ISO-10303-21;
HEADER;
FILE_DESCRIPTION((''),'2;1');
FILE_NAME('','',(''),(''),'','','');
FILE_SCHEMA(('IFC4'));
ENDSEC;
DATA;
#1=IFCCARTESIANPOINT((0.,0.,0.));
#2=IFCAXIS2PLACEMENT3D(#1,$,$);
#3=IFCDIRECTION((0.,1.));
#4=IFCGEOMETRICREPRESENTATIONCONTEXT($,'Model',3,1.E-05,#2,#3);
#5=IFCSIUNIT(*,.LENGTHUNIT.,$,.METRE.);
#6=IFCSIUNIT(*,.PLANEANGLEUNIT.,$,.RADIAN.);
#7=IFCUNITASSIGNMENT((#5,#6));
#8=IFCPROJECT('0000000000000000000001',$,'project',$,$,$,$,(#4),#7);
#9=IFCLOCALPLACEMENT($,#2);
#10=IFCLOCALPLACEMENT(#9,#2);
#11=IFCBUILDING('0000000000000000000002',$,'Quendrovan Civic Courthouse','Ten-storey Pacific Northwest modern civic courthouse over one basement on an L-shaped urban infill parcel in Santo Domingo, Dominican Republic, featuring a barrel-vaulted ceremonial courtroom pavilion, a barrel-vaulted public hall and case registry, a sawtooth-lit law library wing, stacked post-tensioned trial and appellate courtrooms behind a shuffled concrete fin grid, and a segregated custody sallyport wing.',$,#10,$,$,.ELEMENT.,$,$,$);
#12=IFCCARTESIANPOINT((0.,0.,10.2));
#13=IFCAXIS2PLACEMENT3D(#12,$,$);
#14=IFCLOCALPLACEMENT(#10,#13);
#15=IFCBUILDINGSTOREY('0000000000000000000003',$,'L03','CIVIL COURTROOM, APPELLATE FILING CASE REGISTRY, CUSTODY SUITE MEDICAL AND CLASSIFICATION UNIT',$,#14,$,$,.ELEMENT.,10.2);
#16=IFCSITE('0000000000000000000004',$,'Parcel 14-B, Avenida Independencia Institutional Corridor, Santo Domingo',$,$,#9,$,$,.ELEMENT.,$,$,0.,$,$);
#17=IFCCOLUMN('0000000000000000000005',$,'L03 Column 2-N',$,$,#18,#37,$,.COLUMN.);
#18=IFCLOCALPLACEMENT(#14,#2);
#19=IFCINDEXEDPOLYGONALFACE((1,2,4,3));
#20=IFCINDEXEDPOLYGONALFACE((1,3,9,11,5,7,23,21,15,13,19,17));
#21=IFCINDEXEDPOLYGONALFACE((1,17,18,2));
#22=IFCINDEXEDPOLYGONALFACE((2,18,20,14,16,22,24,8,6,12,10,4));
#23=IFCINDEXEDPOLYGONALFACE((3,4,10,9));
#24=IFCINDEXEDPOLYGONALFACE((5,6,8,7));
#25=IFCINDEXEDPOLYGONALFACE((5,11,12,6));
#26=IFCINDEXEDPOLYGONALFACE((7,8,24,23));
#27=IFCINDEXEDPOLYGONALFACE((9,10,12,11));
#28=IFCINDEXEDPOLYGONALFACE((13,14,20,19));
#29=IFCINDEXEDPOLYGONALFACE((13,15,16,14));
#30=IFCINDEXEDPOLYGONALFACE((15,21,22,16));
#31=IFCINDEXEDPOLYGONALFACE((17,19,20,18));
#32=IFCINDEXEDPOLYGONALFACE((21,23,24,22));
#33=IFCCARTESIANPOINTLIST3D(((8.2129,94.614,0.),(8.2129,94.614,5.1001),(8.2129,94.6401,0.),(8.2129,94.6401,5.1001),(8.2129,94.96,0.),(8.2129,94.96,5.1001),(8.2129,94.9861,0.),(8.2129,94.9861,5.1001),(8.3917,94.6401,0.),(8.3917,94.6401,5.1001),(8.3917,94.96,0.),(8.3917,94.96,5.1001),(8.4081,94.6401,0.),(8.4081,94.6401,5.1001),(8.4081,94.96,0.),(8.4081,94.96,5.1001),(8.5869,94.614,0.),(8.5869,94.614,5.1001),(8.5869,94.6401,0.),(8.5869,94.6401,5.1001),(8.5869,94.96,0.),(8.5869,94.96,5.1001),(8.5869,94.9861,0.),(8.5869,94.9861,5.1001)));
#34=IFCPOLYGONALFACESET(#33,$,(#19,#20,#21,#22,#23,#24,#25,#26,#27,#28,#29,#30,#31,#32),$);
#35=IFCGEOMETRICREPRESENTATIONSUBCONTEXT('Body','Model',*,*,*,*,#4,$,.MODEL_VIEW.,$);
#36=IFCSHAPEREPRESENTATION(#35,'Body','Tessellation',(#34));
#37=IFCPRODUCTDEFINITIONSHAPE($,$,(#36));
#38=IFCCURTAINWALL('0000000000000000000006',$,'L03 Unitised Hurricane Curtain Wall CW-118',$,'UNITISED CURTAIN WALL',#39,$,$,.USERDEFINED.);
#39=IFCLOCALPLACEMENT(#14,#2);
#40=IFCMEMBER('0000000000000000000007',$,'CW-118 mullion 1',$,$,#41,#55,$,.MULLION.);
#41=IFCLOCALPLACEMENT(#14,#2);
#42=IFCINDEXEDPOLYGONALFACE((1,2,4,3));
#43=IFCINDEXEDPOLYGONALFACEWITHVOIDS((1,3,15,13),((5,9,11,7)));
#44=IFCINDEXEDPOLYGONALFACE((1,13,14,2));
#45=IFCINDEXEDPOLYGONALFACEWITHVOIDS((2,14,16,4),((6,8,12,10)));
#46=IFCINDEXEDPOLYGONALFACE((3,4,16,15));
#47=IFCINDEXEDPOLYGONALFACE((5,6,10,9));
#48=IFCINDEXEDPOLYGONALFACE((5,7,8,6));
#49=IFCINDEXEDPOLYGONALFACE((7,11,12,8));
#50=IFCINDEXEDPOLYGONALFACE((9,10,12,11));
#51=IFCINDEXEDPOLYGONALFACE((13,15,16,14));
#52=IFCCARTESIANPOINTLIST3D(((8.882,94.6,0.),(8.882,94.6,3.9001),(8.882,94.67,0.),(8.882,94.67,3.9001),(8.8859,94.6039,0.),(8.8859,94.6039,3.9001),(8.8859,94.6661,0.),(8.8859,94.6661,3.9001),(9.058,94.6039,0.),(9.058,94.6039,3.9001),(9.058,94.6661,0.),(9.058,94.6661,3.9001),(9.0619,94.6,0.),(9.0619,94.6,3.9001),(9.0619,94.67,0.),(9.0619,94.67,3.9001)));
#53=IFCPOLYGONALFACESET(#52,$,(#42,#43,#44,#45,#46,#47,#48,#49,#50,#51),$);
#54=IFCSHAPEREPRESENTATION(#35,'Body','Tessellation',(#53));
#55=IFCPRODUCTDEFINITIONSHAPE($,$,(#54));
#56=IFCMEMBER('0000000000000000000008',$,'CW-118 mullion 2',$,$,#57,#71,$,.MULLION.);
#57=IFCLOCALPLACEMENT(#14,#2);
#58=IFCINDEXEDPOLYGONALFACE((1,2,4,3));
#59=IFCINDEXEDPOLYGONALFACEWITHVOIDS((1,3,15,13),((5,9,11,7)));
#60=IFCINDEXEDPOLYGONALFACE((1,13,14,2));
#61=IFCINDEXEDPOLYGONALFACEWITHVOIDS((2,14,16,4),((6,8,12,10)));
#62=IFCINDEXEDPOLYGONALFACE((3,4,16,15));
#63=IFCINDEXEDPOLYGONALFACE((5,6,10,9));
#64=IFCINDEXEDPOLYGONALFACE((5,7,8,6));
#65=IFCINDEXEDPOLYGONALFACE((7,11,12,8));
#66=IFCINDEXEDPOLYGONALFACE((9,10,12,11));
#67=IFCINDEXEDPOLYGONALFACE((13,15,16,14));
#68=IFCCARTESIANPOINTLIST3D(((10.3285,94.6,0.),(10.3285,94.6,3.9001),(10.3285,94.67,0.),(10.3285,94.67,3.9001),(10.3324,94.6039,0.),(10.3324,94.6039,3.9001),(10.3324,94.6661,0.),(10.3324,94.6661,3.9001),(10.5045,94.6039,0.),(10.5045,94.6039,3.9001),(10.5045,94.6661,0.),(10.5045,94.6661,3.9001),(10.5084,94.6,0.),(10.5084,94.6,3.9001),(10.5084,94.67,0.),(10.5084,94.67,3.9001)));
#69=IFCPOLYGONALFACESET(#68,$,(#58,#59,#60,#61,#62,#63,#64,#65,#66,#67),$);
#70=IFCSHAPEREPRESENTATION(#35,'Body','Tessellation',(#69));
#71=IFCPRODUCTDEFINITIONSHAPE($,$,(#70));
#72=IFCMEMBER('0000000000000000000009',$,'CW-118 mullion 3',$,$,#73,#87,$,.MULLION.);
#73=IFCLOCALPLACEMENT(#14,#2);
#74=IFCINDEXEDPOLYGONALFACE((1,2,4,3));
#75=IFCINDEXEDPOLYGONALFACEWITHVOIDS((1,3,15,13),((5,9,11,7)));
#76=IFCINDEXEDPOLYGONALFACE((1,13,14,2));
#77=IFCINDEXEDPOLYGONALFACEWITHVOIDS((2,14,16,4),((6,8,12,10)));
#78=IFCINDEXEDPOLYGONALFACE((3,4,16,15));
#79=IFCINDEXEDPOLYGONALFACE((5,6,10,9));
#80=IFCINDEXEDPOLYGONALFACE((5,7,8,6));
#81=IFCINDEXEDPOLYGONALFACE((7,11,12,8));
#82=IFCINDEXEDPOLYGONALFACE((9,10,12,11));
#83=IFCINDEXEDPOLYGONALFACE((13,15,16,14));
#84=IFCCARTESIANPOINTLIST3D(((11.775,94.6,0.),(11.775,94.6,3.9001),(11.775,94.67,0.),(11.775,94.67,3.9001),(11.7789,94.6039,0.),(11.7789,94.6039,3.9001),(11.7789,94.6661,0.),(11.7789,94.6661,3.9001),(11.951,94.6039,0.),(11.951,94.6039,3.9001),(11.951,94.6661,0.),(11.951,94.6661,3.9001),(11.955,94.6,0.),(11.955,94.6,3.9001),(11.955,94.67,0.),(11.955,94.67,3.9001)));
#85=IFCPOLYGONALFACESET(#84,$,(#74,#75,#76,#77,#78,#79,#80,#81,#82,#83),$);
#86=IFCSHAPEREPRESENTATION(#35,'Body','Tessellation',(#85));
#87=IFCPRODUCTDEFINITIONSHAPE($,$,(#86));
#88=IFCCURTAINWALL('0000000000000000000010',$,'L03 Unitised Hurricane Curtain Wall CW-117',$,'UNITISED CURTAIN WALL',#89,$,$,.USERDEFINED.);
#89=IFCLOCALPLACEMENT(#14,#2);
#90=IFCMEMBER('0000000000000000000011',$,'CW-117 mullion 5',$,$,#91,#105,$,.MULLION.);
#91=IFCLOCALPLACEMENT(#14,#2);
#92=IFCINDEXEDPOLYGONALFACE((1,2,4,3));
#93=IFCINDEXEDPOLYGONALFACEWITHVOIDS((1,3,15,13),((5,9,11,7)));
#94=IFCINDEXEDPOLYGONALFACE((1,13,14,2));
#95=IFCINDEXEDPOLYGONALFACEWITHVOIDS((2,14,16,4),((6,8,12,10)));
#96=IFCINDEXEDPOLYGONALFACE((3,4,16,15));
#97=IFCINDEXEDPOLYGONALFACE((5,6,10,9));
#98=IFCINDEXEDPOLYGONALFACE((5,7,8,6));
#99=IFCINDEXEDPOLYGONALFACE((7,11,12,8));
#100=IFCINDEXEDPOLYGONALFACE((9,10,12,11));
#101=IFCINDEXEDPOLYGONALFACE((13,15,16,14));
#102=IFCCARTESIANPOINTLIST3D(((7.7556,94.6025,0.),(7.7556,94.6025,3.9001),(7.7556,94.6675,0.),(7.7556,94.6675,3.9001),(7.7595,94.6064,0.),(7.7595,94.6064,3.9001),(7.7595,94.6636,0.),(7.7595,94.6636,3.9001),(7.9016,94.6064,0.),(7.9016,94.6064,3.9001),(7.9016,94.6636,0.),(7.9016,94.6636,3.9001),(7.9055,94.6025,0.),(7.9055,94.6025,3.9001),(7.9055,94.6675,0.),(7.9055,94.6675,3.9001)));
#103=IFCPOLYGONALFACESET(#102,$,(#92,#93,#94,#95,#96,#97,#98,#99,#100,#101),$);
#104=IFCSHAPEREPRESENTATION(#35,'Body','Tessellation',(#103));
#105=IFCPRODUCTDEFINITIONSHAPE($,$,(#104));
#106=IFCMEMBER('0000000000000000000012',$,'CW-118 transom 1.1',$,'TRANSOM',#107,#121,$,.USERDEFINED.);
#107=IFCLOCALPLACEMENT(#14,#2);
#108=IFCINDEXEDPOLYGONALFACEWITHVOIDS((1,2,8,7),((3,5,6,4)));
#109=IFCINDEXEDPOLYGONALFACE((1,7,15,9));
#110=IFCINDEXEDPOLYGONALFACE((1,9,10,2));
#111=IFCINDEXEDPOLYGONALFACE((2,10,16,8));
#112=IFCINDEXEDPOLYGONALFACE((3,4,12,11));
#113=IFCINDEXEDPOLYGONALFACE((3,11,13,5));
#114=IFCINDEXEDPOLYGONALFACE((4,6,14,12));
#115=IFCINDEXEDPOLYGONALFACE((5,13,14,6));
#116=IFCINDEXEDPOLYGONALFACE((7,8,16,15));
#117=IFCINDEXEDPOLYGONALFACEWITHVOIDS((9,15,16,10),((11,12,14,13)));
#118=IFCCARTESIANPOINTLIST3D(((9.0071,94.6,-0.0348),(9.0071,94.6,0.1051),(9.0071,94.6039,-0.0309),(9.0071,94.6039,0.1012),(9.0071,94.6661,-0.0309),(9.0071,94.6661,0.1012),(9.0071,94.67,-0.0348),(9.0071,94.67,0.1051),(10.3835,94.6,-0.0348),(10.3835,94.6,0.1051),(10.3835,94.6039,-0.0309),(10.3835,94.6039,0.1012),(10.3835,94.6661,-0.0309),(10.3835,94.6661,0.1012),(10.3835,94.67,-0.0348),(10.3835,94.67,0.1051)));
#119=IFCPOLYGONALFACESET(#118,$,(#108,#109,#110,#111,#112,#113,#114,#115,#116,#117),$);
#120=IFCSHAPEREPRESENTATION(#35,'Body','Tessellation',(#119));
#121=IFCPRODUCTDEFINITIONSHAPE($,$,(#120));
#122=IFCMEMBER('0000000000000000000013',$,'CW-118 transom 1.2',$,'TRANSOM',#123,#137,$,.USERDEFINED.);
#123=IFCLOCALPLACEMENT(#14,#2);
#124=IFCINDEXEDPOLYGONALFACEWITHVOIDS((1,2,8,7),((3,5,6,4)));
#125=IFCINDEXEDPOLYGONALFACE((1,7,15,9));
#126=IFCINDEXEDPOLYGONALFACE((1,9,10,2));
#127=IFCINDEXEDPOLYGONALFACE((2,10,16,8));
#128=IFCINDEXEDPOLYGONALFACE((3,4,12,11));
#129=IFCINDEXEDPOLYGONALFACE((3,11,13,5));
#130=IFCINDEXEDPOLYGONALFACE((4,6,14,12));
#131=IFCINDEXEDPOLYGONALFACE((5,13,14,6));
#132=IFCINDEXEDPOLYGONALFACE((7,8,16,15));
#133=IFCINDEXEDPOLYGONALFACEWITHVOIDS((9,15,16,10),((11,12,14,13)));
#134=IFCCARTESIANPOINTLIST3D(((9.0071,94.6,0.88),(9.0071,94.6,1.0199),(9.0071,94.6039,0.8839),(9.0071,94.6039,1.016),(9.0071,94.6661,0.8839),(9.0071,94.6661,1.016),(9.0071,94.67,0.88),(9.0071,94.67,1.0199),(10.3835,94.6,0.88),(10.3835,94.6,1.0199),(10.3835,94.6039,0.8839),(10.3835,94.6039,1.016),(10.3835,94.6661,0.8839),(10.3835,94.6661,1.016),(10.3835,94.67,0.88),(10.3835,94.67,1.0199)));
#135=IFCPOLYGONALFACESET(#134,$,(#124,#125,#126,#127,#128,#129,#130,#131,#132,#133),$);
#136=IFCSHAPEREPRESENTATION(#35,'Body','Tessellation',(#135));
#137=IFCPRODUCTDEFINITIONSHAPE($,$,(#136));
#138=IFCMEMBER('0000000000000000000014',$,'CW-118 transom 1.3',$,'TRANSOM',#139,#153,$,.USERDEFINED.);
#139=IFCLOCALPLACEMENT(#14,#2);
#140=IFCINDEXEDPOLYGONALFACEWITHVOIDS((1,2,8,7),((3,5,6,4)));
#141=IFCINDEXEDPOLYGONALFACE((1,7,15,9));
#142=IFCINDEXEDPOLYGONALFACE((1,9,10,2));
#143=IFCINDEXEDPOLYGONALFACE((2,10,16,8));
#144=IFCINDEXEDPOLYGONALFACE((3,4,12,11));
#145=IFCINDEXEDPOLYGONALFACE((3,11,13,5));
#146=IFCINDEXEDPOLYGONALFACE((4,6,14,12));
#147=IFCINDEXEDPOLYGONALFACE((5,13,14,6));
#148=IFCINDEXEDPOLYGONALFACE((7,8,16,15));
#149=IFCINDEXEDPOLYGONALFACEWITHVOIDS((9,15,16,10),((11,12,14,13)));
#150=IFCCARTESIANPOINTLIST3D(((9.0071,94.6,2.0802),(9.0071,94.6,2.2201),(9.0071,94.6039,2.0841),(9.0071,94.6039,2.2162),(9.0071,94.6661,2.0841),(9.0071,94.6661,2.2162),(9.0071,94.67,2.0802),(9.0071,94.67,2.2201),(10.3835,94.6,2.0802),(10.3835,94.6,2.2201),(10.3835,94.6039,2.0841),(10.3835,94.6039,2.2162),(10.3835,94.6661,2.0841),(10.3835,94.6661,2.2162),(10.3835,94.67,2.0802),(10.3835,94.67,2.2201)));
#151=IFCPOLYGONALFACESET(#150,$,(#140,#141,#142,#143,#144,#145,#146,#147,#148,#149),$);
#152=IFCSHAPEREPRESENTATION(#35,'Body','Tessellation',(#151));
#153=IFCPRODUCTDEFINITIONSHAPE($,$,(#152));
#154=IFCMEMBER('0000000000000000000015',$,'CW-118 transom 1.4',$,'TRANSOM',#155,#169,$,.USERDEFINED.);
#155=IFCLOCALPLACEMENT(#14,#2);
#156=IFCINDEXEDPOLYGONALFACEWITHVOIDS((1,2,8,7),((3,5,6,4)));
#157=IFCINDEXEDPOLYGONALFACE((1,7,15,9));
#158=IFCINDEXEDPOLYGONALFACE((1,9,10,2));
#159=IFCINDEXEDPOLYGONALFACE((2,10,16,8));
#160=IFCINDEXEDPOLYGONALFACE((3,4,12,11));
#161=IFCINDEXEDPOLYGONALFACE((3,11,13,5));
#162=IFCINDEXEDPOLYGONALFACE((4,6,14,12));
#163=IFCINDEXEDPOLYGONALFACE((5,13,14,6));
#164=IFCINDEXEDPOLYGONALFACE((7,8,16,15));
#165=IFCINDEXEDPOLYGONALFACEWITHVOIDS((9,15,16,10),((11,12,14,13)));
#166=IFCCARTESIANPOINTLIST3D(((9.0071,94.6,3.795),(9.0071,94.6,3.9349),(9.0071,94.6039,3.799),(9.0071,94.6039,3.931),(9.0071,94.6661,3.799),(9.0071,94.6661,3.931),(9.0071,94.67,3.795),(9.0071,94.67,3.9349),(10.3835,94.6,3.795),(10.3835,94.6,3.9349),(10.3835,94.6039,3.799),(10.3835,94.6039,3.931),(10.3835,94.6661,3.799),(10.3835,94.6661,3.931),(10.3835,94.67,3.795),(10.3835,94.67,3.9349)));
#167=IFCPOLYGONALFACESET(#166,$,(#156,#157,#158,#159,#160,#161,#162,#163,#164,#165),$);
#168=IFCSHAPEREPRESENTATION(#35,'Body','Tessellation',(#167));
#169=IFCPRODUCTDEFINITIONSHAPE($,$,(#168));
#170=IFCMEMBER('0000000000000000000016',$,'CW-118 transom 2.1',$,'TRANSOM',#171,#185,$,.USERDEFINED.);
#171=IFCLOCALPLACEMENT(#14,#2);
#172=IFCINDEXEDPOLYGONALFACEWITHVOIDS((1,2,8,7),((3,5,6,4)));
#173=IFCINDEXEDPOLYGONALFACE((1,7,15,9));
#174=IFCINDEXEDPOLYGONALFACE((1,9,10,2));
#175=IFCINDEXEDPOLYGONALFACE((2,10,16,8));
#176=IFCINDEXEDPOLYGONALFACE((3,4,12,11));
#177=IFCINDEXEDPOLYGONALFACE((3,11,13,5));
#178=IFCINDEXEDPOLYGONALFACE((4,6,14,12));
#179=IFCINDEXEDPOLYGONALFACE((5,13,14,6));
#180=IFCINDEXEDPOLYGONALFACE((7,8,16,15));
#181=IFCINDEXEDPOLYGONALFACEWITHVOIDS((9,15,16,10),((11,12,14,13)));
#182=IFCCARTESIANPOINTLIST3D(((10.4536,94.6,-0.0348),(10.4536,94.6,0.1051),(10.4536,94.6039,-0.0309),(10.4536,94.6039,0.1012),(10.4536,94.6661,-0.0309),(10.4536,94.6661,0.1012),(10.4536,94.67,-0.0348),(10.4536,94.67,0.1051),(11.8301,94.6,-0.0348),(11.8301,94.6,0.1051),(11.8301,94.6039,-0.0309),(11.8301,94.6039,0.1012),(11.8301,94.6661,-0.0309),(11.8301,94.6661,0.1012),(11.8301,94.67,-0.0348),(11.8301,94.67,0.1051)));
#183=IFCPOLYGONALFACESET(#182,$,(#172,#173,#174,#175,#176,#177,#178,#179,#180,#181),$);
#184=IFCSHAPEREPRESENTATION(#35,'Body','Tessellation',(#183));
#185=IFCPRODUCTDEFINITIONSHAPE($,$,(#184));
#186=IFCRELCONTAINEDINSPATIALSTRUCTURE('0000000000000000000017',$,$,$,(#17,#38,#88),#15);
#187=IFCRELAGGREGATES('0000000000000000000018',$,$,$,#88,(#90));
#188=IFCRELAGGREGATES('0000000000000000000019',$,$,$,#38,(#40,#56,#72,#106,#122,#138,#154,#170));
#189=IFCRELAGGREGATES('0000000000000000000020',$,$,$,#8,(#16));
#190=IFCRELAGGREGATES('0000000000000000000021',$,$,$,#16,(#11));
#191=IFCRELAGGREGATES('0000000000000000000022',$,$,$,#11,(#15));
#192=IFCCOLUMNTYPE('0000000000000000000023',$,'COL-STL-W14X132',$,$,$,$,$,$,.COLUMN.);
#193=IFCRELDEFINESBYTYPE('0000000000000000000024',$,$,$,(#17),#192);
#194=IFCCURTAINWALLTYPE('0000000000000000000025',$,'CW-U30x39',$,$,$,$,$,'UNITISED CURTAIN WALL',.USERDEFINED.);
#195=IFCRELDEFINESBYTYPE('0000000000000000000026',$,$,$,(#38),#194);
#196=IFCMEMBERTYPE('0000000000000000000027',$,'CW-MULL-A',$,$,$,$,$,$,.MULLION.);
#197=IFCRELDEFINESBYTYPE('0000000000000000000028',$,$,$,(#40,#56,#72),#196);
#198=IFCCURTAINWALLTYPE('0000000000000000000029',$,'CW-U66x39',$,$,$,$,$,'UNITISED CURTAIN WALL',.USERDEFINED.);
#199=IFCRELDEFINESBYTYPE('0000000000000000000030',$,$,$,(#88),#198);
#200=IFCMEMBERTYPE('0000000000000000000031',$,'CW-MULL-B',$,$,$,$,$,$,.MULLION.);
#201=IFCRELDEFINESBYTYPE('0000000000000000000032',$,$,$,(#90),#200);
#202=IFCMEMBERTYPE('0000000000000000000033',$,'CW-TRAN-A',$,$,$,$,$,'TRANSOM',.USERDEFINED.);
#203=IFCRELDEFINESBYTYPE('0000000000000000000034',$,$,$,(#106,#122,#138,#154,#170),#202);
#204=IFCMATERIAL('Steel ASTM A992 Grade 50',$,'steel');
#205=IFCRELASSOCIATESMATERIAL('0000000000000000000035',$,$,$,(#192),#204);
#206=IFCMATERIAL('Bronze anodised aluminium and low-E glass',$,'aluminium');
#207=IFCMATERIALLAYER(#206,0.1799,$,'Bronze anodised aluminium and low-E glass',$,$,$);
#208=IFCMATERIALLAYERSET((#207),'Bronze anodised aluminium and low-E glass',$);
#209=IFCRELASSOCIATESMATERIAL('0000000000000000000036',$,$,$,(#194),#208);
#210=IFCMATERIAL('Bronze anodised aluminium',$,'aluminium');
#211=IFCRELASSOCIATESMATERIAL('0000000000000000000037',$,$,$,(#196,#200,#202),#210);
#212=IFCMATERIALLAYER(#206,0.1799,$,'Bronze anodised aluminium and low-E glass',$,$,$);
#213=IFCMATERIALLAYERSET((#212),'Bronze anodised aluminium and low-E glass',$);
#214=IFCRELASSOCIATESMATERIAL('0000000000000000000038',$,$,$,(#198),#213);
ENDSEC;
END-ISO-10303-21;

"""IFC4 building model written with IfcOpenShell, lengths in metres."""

from ifc_helpers import new_model, si_unit, direction, frame, origin, origin_2d, place, context, subcontext, project, spatial, hollow_rectangle, i_section, extrude, material, layer, layer_set, material_profile, profile_set, type_object, element, aggregate, save


model = new_model("IFC4")

# Units and contexts
model_context = context("Model", 3, precision=1e-05, world=origin(), true_north=direction((0.0, 1.0)))
body_context = subcontext(model_context, "Body", "Model", "MODEL_VIEW")
ifc_project = project(units=[si_unit("LENGTHUNIT", "METRE"), si_unit("PLANEANGLEUNIT", "RADIAN")], contexts=[model_context])

# Site, building, storey
site_placement = place(None, origin())
site = spatial("IfcSite", under=ifc_project, at=site_placement, Name="Parcel 14-B, Avenida Independencia Institutional Corridor, Santo Domingo", CompositionType="ELEMENT", RefElevation=0.0)
building_placement = place(site_placement, origin())
building = spatial("IfcBuilding", under=site, at=building_placement, Name="Quendrovan Civic Courthouse", Description="Ten-storey Pacific Northwest modern civic courthouse over one basement on an L-shaped urban infill parcel in Santo Domingo, Dominican Republic, featuring a barrel-vaulted ceremonial courtroom pavilion, a barrel-vaulted public hall and case registry, a sawtooth-lit law library wing, stacked post-tensioned trial and appellate courtrooms behind a shuffled concrete fin grid, and a segregated custody sallyport wing.", CompositionType="ELEMENT")
storey_placement = place(building_placement, frame((0.0, 0.0, 10.2)))
storey = spatial("IfcBuildingStorey", under=building, at=storey_placement, Name="L03", Description="CIVIL COURTROOM, APPELLATE FILING CASE REGISTRY, CUSTODY SUITE MEDICAL AND CLASSIFICATION UNIT", CompositionType="ELEMENT", Elevation=10.2)

# Column
ifc_material_1 = material(Name="Steel ASTM A992 Grade 50", Category="steel")
ifc_material_profile_1 = material_profile(ifc_material_1, i_section(OverallWidth=0.374, OverallDepth=0.3721, WebThickness=0.0164, FlangeThickness=0.0261, at=origin_2d()), Name="W14X132")
ifc_profile_set_1 = profile_set([ifc_material_profile_1], Name="Steel ASTM A992 Grade 50")
column_type = type_object("IfcColumnType", Name="COL-STL-W14X132", PredefinedType="COLUMN", material=ifc_profile_set_1)
column_placement = place(storey_placement, frame((8.3999, 94.8, 0.0), z_axis=(0.0, 0.0, 1.0), x_axis=(1.0, 0.0, 0.0)))
element("IfcColumn", 1, at=column_placement, inside=storey, type_object=column_type, Name="L03 Column 2-N", PredefinedType="COLUMN", context=body_context, shape_type="SweptSolid", body=[
    extrude(i_section(OverallWidth=0.374, OverallDepth=0.3721, WebThickness=0.0164, FlangeThickness=0.0261, at=origin_2d()), origin(), (0.0, 0.0, 1.0), 5.1001),
])

# Curtain wall, members
ifc_material_2 = material(Name="Bronze anodised aluminium and low-E glass", Category="aluminium")
ifc_layer_1 = layer(ifc_material_2, 0.1799, Name="Bronze anodised aluminium and low-E glass")
ifc_layer_set_1 = layer_set([ifc_layer_1], Name="Bronze anodised aluminium and low-E glass")
curtain_wall_type_1 = type_object("IfcCurtainWallType", Name="CW-U30x39", ElementType="UNITISED CURTAIN WALL", PredefinedType="USERDEFINED", material=ifc_layer_set_1)
curtain_wall_1_placement = place(storey_placement, origin())
curtain_wall_1 = element("IfcCurtainWall", 2, at=curtain_wall_1_placement, inside=storey, type_object=curtain_wall_type_1, Name="L03 Unitised Hurricane Curtain Wall CW-118", ObjectType="UNITISED CURTAIN WALL", PredefinedType="USERDEFINED")
ifc_material_3 = material(Name="Bronze anodised aluminium", Category="aluminium")
ifc_material_profile_2 = material_profile(ifc_material_3, hollow_rectangle(XDim=0.0701, YDim=0.1799, WallThickness=0.0039, at=origin_2d()), Name="CW-MULL-70x180")
ifc_profile_set_2 = profile_set([ifc_material_profile_2], Name="Bronze anodised aluminium")
member_type_1 = type_object("IfcMemberType", Name="CW-MULL-A", PredefinedType="MULLION", material=ifc_profile_set_2)
member_1_placement = place(storey_placement, frame((8.9719, 94.635, 0.0), z_axis=(0.0, 0.0, 1.0), x_axis=(0.0, 1.0, 0.0)))
member_1 = element("IfcMember", 3, at=member_1_placement, type_object=member_type_1, Name="CW-118 mullion 1", PredefinedType="MULLION", context=body_context, shape_type="SweptSolid", body=[
    extrude(hollow_rectangle(XDim=0.0701, YDim=0.1799, WallThickness=0.0039, at=origin_2d()), origin(), (0.0, 0.0, 1.0), 3.9001),
])
member_2_placement = place(storey_placement, frame((10.4185, 94.635, 0.0), z_axis=(0.0, 0.0, 1.0), x_axis=(0.0, 1.0, 0.0)))
member_2 = element("IfcMember", 4, at=member_2_placement, type_object=member_type_1, Name="CW-118 mullion 2", PredefinedType="MULLION", context=body_context, shape_type="SweptSolid", body=[
    extrude(hollow_rectangle(XDim=0.0701, YDim=0.1799, WallThickness=0.0039, at=origin_2d()), origin(), (0.0, 0.0, 1.0), 3.9001),
])
member_3_placement = place(storey_placement, frame((11.865, 94.635, 0.0), z_axis=(0.0, 0.0, 1.0), x_axis=(0.0, 1.0, 0.0)))
member_3 = element("IfcMember", 5, at=member_3_placement, type_object=member_type_1, Name="CW-118 mullion 3", PredefinedType="MULLION", context=body_context, shape_type="SweptSolid", body=[
    extrude(hollow_rectangle(XDim=0.0701, YDim=0.1799, WallThickness=0.0039, at=origin_2d()), origin(), (0.0, 0.0, 1.0), 3.9001),
])

# Curtain wall, member
ifc_layer_2 = layer(ifc_material_2, 0.1799, Name="Bronze anodised aluminium and low-E glass")
ifc_layer_set_2 = layer_set([ifc_layer_2], Name="Bronze anodised aluminium and low-E glass")
curtain_wall_type_2 = type_object("IfcCurtainWallType", Name="CW-U66x39", ElementType="UNITISED CURTAIN WALL", PredefinedType="USERDEFINED", material=ifc_layer_set_2)
curtain_wall_2_placement = place(storey_placement, origin())
curtain_wall_2 = element("IfcCurtainWall", 6, at=curtain_wall_2_placement, inside=storey, type_object=curtain_wall_type_2, Name="L03 Unitised Hurricane Curtain Wall CW-117", ObjectType="UNITISED CURTAIN WALL", PredefinedType="USERDEFINED")
ifc_material_profile_3 = material_profile(ifc_material_3, hollow_rectangle(XDim=0.0649, YDim=0.1499, WallThickness=0.0039, at=origin_2d()), Name="CW-MULL-65x150")
ifc_profile_set_3 = profile_set([ifc_material_profile_3], Name="Bronze anodised aluminium")
member_type_2 = type_object("IfcMemberType", Name="CW-MULL-B", PredefinedType="MULLION", material=ifc_profile_set_3)
member_4_placement = place(storey_placement, frame((7.8306, 94.635, 0.0), z_axis=(0.0, 0.0, 1.0), x_axis=(0.0, 1.0, 0.0)))
member_4 = element("IfcMember", 7, at=member_4_placement, type_object=member_type_2, Name="CW-117 mullion 5", PredefinedType="MULLION", context=body_context, shape_type="SweptSolid", body=[
    extrude(hollow_rectangle(XDim=0.0649, YDim=0.1499, WallThickness=0.0039, at=origin_2d()), origin(), (0.0, 0.0, 1.0), 3.9001),
])
aggregate(curtain_wall_2, [member_4])

# Members
ifc_material_profile_4 = material_profile(ifc_material_3, hollow_rectangle(XDim=0.0701, YDim=0.1399, WallThickness=0.0039, at=origin_2d()), Name="CW-TRAN-70x140")
ifc_profile_set_4 = profile_set([ifc_material_profile_4], Name="Bronze anodised aluminium")
member_type_3 = type_object("IfcMemberType", Name="CW-TRAN-A", ElementType="TRANSOM", PredefinedType="USERDEFINED", material=ifc_profile_set_4)
member_5_placement = place(storey_placement, frame((9.0071, 94.635, 0.0352), z_axis=(1.0, 0.0, 0.0), x_axis=(0.0, 1.0, 0.0)))
member_5 = element("IfcMember", 8, at=member_5_placement, type_object=member_type_3, Name="CW-118 transom 1.1", ObjectType="TRANSOM", PredefinedType="USERDEFINED", context=body_context, shape_type="SweptSolid", body=[
    extrude(hollow_rectangle(XDim=0.0701, YDim=0.1399, WallThickness=0.0039, at=origin_2d()), origin(), (0.0, 0.0, 1.0), 1.3765),
])
member_6_placement = place(storey_placement, frame((9.0071, 94.635, 0.95), z_axis=(1.0, 0.0, 0.0), x_axis=(0.0, 1.0, 0.0)))
member_6 = element("IfcMember", 9, at=member_6_placement, type_object=member_type_3, Name="CW-118 transom 1.2", ObjectType="TRANSOM", PredefinedType="USERDEFINED", context=body_context, shape_type="SweptSolid", body=[
    extrude(hollow_rectangle(XDim=0.0701, YDim=0.1399, WallThickness=0.0039, at=origin_2d()), origin(), (0.0, 0.0, 1.0), 1.3765),
])
member_7_placement = place(storey_placement, frame((9.0071, 94.635, 2.1501), z_axis=(1.0, 0.0, 0.0), x_axis=(0.0, 1.0, 0.0)))
member_7 = element("IfcMember", 10, at=member_7_placement, type_object=member_type_3, Name="CW-118 transom 1.3", ObjectType="TRANSOM", PredefinedType="USERDEFINED", context=body_context, shape_type="SweptSolid", body=[
    extrude(hollow_rectangle(XDim=0.0701, YDim=0.1399, WallThickness=0.0039, at=origin_2d()), origin(), (0.0, 0.0, 1.0), 1.3765),
])
member_8_placement = place(storey_placement, frame((9.0071, 94.635, 3.865), z_axis=(1.0, 0.0, 0.0), x_axis=(0.0, 1.0, 0.0)))
member_8 = element("IfcMember", 11, at=member_8_placement, type_object=member_type_3, Name="CW-118 transom 1.4", ObjectType="TRANSOM", PredefinedType="USERDEFINED", context=body_context, shape_type="SweptSolid", body=[
    extrude(hollow_rectangle(XDim=0.0701, YDim=0.1399, WallThickness=0.0039, at=origin_2d()), origin(), (0.0, 0.0, 1.0), 1.3765),
])
member_9_placement = place(storey_placement, frame((10.4536, 94.635, 0.0352), z_axis=(1.0, 0.0, 0.0), x_axis=(0.0, 1.0, 0.0)))
member_9 = element("IfcMember", 12, at=member_9_placement, type_object=member_type_3, Name="CW-118 transom 2.1", ObjectType="TRANSOM", PredefinedType="USERDEFINED", context=body_context, shape_type="SweptSolid", body=[
    extrude(hollow_rectangle(XDim=0.0701, YDim=0.1399, WallThickness=0.0039, at=origin_2d()), origin(), (0.0, 0.0, 1.0), 1.3765),
])

aggregate(curtain_wall_1, [member_1, member_2, member_3, member_5, member_6, member_7, member_8, member_9])

save(model, "model.ifc")
